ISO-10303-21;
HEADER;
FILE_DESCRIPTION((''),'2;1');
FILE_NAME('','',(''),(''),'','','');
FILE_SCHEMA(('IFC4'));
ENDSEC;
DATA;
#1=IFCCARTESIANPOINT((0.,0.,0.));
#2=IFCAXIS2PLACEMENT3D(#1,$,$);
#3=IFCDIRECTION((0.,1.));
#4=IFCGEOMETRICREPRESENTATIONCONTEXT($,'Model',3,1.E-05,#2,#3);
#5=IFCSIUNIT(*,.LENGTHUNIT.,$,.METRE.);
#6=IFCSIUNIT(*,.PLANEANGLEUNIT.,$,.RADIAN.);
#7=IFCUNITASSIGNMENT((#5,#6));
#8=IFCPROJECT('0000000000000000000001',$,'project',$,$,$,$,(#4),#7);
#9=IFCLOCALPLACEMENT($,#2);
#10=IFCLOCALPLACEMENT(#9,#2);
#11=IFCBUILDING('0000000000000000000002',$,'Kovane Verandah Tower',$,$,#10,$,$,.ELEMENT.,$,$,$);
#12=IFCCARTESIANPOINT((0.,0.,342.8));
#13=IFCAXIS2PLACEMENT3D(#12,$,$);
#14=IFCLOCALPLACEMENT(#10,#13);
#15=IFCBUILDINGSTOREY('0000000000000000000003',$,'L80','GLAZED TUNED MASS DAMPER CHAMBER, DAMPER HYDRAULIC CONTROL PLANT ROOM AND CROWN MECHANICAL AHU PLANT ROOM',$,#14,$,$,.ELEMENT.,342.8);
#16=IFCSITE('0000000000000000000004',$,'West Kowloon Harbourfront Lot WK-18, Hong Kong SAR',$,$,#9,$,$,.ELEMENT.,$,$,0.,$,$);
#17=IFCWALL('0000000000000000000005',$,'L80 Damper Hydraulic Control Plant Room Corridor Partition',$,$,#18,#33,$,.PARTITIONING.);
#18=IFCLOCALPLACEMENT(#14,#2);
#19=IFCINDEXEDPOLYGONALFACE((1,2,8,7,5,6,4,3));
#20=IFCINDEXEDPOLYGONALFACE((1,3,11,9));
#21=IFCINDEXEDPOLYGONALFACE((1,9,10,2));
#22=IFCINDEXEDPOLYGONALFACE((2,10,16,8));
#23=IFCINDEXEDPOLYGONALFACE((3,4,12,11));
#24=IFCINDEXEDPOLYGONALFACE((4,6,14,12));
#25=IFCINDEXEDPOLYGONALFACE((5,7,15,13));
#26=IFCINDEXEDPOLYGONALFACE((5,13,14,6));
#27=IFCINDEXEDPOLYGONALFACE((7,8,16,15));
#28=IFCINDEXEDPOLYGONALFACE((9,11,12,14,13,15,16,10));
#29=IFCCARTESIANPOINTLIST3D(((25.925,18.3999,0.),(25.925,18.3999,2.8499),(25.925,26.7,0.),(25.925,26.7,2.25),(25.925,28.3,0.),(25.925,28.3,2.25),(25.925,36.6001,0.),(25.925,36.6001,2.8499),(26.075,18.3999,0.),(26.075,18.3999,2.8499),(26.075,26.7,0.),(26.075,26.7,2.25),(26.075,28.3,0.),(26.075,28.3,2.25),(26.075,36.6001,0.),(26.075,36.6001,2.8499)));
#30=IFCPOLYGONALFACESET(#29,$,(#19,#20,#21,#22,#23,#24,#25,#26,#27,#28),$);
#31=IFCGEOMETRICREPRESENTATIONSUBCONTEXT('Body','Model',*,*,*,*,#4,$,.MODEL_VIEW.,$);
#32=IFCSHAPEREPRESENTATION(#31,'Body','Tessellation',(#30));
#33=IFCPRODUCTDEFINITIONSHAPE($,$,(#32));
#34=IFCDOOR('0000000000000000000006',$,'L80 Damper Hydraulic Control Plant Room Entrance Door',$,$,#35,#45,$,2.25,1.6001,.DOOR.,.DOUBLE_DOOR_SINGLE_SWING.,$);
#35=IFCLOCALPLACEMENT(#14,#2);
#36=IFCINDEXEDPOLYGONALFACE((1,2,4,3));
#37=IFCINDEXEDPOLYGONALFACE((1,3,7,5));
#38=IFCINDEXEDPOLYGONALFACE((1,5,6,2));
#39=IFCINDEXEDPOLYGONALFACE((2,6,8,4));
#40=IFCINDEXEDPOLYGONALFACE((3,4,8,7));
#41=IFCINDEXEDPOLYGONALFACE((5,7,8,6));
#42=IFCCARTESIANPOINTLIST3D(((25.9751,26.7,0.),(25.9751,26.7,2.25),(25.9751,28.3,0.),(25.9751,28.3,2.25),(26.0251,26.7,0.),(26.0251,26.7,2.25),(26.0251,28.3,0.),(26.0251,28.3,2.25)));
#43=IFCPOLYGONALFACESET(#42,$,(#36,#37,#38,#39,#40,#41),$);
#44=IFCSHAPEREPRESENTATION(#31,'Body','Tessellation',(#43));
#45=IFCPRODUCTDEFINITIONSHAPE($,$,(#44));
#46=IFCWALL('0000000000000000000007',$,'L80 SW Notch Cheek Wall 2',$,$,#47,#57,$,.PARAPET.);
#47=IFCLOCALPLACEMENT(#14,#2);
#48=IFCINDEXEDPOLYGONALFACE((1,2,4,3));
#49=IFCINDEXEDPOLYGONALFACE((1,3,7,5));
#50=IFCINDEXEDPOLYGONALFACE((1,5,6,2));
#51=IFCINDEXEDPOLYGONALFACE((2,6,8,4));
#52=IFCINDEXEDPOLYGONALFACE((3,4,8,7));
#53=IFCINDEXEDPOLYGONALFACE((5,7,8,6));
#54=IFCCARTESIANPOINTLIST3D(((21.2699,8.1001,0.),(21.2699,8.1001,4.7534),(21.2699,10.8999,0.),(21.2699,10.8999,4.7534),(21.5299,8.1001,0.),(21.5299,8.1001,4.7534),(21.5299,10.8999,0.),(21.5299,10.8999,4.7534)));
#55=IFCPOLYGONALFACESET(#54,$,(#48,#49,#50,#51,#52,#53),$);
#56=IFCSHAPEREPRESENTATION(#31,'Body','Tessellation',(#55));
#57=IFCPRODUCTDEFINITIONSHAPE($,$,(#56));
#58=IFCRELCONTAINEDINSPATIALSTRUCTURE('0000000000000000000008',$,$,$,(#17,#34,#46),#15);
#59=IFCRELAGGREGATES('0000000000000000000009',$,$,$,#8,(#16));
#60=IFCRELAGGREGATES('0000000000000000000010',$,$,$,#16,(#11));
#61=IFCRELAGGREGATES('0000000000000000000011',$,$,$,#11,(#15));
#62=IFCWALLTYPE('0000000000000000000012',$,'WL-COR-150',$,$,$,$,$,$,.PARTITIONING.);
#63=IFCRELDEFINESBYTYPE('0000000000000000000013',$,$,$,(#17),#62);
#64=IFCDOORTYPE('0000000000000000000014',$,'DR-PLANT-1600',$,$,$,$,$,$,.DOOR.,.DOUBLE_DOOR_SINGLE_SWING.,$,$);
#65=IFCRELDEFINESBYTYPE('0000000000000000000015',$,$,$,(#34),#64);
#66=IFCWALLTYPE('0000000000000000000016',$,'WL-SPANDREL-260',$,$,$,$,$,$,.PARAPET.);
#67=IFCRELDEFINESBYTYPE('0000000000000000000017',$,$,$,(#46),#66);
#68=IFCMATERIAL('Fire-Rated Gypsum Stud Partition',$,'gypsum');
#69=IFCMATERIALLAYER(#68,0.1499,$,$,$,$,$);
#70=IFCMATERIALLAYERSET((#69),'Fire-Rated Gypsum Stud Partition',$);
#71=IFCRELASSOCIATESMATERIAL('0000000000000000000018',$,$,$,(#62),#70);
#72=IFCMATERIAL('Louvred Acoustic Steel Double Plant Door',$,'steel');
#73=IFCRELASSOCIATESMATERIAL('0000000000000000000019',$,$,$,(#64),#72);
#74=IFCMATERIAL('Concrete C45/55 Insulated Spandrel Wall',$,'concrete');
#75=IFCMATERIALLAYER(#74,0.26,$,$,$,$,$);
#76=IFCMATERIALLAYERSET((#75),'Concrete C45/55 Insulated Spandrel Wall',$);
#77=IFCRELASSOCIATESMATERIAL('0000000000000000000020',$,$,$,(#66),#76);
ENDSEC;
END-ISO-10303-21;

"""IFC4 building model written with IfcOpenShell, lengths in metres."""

from ifc_helpers import new_model, si_unit, direction, frame, frame_2d, origin, place, context, subcontext, project, spatial, rectangle, extrude, material, layer, layer_set, type_object, element, fill, save


model = new_model("IFC4")

# Units and contexts
model_context = context("Model", 3, precision=1e-05, world=origin(), true_north=direction((0.0, 1.0)))
body_context = subcontext(model_context, "Body", "Model", "MODEL_VIEW")
ifc_project = project(units=[si_unit("LENGTHUNIT", "METRE"), si_unit("PLANEANGLEUNIT", "RADIAN")], contexts=[model_context])

# Site, building, storey
site_placement = place(None, origin())
site = spatial("IfcSite", under=ifc_project, at=site_placement, Name="West Kowloon Harbourfront Lot WK-18, Hong Kong SAR", CompositionType="ELEMENT", RefElevation=0.0)
building_placement = place(site_placement, origin())
building = spatial("IfcBuilding", under=site, at=building_placement, Name="Kovane Verandah Tower", CompositionType="ELEMENT")
storey_placement = place(building_placement, frame((0.0, 0.0, 342.8)))
storey = spatial("IfcBuildingStorey", under=building, at=storey_placement, Name="L80", Description="GLAZED TUNED MASS DAMPER CHAMBER, DAMPER HYDRAULIC CONTROL PLANT ROOM AND CROWN MECHANICAL AHU PLANT ROOM", CompositionType="ELEMENT", Elevation=342.8)

# Wall, opening, door
ifc_material_1 = material(Name="Fire-Rated Gypsum Stud Partition", Category="gypsum")
ifc_layer_1 = layer(ifc_material_1, 0.1499)
ifc_layer_set_1 = layer_set([ifc_layer_1], Name="Fire-Rated Gypsum Stud Partition")
wall_type_1 = type_object("IfcWallType", Name="WL-COR-150", PredefinedType="PARTITIONING", material=ifc_layer_set_1)
ifc_material_2 = material(Name="Louvred Acoustic Steel Double Plant Door", Category="steel")
door_type = type_object("IfcDoorType", Name="DR-PLANT-1600", OperationType="DOUBLE_DOOR_SINGLE_SWING", PredefinedType="DOOR", material=ifc_material_2)
wall_1_placement = place(storey_placement, frame((26.0, 18.3999, 0.0), z_axis=(0.0, 0.0, 1.0), x_axis=(0.0, 1.0, 0.0)))
wall_1 = element("IfcWall", 1, at=wall_1_placement, inside=storey, type_object=wall_type_1, Name="L80 Damper Hydraulic Control Plant Room Corridor Partition", PredefinedType="PARTITIONING", context=body_context, shape_type="SweptSolid", body=[
    extrude(rectangle(XDim=18.2002, YDim=0.1499, at=frame_2d((9.1001, 0.0))), origin(), (0.0, 0.0, 1.0), 2.8499),
])
opening_1_placement = place(wall_1_placement, frame((8.3, 0.0, 0.0)))
opening_1 = element("IfcOpeningElement", 2, at=opening_1_placement, cuts=wall_1, PredefinedType="OPENING", context=body_context, shape_type="SweptSolid", body=[
    extrude(rectangle(XDim=1.6001, YDim=2.25, at=frame_2d((0.8, 1.125))), frame((0.0, 0.075, 0.0), z_axis=(0.0, -1.0, 0.0), x_axis=(1.0, 0.0, 0.0)), (0.0, 0.0, 1.0), 0.1499),
])
door_1_placement = place(opening_1_placement, origin())
door_1 = element("IfcDoor", 3, at=door_1_placement, inside=storey, type_object=door_type, Name="L80 Damper Hydraulic Control Plant Room Entrance Door", OperationType="DOUBLE_DOOR_SINGLE_SWING", OverallHeight=2.25, OverallWidth=1.6001, PredefinedType="DOOR", context=body_context, shape_type="SweptSolid", body=[
    extrude(rectangle(XDim=1.6001, YDim=2.25, at=frame_2d((0.8, 1.125))), frame((0.0, 0.0249, 0.0), z_axis=(0.0, -1.0, 0.0), x_axis=(1.0, 0.0, 0.0)), (0.0, 0.0, 1.0), 0.05),
])
fill(opening_1, door_1)

# Wall
ifc_material_3 = material(Name="Concrete C45/55 Insulated Spandrel Wall", Category="concrete")
ifc_layer_2 = layer(ifc_material_3, 0.26)
ifc_layer_set_2 = layer_set([ifc_layer_2], Name="Concrete C45/55 Insulated Spandrel Wall")
wall_type_2 = type_object("IfcWallType", Name="WL-SPANDREL-260", PredefinedType="PARAPET", material=ifc_layer_set_2)
wall_2_placement = place(storey_placement, frame((21.3999, 10.8999, 0.0), z_axis=(0.0, 0.0, 1.0), x_axis=(0.0, -1.0, 0.0)))
element("IfcWall", 4, at=wall_2_placement, inside=storey, type_object=wall_type_2, Name="L80 SW Notch Cheek Wall 2", PredefinedType="PARAPET", context=body_context, shape_type="SweptSolid", body=[
    extrude(rectangle(XDim=2.7998, YDim=0.26, at=frame_2d((1.3999, 0.0))), origin(), (0.0, 0.0, 1.0), 4.7534),
])

save(model, "model.ifc")
